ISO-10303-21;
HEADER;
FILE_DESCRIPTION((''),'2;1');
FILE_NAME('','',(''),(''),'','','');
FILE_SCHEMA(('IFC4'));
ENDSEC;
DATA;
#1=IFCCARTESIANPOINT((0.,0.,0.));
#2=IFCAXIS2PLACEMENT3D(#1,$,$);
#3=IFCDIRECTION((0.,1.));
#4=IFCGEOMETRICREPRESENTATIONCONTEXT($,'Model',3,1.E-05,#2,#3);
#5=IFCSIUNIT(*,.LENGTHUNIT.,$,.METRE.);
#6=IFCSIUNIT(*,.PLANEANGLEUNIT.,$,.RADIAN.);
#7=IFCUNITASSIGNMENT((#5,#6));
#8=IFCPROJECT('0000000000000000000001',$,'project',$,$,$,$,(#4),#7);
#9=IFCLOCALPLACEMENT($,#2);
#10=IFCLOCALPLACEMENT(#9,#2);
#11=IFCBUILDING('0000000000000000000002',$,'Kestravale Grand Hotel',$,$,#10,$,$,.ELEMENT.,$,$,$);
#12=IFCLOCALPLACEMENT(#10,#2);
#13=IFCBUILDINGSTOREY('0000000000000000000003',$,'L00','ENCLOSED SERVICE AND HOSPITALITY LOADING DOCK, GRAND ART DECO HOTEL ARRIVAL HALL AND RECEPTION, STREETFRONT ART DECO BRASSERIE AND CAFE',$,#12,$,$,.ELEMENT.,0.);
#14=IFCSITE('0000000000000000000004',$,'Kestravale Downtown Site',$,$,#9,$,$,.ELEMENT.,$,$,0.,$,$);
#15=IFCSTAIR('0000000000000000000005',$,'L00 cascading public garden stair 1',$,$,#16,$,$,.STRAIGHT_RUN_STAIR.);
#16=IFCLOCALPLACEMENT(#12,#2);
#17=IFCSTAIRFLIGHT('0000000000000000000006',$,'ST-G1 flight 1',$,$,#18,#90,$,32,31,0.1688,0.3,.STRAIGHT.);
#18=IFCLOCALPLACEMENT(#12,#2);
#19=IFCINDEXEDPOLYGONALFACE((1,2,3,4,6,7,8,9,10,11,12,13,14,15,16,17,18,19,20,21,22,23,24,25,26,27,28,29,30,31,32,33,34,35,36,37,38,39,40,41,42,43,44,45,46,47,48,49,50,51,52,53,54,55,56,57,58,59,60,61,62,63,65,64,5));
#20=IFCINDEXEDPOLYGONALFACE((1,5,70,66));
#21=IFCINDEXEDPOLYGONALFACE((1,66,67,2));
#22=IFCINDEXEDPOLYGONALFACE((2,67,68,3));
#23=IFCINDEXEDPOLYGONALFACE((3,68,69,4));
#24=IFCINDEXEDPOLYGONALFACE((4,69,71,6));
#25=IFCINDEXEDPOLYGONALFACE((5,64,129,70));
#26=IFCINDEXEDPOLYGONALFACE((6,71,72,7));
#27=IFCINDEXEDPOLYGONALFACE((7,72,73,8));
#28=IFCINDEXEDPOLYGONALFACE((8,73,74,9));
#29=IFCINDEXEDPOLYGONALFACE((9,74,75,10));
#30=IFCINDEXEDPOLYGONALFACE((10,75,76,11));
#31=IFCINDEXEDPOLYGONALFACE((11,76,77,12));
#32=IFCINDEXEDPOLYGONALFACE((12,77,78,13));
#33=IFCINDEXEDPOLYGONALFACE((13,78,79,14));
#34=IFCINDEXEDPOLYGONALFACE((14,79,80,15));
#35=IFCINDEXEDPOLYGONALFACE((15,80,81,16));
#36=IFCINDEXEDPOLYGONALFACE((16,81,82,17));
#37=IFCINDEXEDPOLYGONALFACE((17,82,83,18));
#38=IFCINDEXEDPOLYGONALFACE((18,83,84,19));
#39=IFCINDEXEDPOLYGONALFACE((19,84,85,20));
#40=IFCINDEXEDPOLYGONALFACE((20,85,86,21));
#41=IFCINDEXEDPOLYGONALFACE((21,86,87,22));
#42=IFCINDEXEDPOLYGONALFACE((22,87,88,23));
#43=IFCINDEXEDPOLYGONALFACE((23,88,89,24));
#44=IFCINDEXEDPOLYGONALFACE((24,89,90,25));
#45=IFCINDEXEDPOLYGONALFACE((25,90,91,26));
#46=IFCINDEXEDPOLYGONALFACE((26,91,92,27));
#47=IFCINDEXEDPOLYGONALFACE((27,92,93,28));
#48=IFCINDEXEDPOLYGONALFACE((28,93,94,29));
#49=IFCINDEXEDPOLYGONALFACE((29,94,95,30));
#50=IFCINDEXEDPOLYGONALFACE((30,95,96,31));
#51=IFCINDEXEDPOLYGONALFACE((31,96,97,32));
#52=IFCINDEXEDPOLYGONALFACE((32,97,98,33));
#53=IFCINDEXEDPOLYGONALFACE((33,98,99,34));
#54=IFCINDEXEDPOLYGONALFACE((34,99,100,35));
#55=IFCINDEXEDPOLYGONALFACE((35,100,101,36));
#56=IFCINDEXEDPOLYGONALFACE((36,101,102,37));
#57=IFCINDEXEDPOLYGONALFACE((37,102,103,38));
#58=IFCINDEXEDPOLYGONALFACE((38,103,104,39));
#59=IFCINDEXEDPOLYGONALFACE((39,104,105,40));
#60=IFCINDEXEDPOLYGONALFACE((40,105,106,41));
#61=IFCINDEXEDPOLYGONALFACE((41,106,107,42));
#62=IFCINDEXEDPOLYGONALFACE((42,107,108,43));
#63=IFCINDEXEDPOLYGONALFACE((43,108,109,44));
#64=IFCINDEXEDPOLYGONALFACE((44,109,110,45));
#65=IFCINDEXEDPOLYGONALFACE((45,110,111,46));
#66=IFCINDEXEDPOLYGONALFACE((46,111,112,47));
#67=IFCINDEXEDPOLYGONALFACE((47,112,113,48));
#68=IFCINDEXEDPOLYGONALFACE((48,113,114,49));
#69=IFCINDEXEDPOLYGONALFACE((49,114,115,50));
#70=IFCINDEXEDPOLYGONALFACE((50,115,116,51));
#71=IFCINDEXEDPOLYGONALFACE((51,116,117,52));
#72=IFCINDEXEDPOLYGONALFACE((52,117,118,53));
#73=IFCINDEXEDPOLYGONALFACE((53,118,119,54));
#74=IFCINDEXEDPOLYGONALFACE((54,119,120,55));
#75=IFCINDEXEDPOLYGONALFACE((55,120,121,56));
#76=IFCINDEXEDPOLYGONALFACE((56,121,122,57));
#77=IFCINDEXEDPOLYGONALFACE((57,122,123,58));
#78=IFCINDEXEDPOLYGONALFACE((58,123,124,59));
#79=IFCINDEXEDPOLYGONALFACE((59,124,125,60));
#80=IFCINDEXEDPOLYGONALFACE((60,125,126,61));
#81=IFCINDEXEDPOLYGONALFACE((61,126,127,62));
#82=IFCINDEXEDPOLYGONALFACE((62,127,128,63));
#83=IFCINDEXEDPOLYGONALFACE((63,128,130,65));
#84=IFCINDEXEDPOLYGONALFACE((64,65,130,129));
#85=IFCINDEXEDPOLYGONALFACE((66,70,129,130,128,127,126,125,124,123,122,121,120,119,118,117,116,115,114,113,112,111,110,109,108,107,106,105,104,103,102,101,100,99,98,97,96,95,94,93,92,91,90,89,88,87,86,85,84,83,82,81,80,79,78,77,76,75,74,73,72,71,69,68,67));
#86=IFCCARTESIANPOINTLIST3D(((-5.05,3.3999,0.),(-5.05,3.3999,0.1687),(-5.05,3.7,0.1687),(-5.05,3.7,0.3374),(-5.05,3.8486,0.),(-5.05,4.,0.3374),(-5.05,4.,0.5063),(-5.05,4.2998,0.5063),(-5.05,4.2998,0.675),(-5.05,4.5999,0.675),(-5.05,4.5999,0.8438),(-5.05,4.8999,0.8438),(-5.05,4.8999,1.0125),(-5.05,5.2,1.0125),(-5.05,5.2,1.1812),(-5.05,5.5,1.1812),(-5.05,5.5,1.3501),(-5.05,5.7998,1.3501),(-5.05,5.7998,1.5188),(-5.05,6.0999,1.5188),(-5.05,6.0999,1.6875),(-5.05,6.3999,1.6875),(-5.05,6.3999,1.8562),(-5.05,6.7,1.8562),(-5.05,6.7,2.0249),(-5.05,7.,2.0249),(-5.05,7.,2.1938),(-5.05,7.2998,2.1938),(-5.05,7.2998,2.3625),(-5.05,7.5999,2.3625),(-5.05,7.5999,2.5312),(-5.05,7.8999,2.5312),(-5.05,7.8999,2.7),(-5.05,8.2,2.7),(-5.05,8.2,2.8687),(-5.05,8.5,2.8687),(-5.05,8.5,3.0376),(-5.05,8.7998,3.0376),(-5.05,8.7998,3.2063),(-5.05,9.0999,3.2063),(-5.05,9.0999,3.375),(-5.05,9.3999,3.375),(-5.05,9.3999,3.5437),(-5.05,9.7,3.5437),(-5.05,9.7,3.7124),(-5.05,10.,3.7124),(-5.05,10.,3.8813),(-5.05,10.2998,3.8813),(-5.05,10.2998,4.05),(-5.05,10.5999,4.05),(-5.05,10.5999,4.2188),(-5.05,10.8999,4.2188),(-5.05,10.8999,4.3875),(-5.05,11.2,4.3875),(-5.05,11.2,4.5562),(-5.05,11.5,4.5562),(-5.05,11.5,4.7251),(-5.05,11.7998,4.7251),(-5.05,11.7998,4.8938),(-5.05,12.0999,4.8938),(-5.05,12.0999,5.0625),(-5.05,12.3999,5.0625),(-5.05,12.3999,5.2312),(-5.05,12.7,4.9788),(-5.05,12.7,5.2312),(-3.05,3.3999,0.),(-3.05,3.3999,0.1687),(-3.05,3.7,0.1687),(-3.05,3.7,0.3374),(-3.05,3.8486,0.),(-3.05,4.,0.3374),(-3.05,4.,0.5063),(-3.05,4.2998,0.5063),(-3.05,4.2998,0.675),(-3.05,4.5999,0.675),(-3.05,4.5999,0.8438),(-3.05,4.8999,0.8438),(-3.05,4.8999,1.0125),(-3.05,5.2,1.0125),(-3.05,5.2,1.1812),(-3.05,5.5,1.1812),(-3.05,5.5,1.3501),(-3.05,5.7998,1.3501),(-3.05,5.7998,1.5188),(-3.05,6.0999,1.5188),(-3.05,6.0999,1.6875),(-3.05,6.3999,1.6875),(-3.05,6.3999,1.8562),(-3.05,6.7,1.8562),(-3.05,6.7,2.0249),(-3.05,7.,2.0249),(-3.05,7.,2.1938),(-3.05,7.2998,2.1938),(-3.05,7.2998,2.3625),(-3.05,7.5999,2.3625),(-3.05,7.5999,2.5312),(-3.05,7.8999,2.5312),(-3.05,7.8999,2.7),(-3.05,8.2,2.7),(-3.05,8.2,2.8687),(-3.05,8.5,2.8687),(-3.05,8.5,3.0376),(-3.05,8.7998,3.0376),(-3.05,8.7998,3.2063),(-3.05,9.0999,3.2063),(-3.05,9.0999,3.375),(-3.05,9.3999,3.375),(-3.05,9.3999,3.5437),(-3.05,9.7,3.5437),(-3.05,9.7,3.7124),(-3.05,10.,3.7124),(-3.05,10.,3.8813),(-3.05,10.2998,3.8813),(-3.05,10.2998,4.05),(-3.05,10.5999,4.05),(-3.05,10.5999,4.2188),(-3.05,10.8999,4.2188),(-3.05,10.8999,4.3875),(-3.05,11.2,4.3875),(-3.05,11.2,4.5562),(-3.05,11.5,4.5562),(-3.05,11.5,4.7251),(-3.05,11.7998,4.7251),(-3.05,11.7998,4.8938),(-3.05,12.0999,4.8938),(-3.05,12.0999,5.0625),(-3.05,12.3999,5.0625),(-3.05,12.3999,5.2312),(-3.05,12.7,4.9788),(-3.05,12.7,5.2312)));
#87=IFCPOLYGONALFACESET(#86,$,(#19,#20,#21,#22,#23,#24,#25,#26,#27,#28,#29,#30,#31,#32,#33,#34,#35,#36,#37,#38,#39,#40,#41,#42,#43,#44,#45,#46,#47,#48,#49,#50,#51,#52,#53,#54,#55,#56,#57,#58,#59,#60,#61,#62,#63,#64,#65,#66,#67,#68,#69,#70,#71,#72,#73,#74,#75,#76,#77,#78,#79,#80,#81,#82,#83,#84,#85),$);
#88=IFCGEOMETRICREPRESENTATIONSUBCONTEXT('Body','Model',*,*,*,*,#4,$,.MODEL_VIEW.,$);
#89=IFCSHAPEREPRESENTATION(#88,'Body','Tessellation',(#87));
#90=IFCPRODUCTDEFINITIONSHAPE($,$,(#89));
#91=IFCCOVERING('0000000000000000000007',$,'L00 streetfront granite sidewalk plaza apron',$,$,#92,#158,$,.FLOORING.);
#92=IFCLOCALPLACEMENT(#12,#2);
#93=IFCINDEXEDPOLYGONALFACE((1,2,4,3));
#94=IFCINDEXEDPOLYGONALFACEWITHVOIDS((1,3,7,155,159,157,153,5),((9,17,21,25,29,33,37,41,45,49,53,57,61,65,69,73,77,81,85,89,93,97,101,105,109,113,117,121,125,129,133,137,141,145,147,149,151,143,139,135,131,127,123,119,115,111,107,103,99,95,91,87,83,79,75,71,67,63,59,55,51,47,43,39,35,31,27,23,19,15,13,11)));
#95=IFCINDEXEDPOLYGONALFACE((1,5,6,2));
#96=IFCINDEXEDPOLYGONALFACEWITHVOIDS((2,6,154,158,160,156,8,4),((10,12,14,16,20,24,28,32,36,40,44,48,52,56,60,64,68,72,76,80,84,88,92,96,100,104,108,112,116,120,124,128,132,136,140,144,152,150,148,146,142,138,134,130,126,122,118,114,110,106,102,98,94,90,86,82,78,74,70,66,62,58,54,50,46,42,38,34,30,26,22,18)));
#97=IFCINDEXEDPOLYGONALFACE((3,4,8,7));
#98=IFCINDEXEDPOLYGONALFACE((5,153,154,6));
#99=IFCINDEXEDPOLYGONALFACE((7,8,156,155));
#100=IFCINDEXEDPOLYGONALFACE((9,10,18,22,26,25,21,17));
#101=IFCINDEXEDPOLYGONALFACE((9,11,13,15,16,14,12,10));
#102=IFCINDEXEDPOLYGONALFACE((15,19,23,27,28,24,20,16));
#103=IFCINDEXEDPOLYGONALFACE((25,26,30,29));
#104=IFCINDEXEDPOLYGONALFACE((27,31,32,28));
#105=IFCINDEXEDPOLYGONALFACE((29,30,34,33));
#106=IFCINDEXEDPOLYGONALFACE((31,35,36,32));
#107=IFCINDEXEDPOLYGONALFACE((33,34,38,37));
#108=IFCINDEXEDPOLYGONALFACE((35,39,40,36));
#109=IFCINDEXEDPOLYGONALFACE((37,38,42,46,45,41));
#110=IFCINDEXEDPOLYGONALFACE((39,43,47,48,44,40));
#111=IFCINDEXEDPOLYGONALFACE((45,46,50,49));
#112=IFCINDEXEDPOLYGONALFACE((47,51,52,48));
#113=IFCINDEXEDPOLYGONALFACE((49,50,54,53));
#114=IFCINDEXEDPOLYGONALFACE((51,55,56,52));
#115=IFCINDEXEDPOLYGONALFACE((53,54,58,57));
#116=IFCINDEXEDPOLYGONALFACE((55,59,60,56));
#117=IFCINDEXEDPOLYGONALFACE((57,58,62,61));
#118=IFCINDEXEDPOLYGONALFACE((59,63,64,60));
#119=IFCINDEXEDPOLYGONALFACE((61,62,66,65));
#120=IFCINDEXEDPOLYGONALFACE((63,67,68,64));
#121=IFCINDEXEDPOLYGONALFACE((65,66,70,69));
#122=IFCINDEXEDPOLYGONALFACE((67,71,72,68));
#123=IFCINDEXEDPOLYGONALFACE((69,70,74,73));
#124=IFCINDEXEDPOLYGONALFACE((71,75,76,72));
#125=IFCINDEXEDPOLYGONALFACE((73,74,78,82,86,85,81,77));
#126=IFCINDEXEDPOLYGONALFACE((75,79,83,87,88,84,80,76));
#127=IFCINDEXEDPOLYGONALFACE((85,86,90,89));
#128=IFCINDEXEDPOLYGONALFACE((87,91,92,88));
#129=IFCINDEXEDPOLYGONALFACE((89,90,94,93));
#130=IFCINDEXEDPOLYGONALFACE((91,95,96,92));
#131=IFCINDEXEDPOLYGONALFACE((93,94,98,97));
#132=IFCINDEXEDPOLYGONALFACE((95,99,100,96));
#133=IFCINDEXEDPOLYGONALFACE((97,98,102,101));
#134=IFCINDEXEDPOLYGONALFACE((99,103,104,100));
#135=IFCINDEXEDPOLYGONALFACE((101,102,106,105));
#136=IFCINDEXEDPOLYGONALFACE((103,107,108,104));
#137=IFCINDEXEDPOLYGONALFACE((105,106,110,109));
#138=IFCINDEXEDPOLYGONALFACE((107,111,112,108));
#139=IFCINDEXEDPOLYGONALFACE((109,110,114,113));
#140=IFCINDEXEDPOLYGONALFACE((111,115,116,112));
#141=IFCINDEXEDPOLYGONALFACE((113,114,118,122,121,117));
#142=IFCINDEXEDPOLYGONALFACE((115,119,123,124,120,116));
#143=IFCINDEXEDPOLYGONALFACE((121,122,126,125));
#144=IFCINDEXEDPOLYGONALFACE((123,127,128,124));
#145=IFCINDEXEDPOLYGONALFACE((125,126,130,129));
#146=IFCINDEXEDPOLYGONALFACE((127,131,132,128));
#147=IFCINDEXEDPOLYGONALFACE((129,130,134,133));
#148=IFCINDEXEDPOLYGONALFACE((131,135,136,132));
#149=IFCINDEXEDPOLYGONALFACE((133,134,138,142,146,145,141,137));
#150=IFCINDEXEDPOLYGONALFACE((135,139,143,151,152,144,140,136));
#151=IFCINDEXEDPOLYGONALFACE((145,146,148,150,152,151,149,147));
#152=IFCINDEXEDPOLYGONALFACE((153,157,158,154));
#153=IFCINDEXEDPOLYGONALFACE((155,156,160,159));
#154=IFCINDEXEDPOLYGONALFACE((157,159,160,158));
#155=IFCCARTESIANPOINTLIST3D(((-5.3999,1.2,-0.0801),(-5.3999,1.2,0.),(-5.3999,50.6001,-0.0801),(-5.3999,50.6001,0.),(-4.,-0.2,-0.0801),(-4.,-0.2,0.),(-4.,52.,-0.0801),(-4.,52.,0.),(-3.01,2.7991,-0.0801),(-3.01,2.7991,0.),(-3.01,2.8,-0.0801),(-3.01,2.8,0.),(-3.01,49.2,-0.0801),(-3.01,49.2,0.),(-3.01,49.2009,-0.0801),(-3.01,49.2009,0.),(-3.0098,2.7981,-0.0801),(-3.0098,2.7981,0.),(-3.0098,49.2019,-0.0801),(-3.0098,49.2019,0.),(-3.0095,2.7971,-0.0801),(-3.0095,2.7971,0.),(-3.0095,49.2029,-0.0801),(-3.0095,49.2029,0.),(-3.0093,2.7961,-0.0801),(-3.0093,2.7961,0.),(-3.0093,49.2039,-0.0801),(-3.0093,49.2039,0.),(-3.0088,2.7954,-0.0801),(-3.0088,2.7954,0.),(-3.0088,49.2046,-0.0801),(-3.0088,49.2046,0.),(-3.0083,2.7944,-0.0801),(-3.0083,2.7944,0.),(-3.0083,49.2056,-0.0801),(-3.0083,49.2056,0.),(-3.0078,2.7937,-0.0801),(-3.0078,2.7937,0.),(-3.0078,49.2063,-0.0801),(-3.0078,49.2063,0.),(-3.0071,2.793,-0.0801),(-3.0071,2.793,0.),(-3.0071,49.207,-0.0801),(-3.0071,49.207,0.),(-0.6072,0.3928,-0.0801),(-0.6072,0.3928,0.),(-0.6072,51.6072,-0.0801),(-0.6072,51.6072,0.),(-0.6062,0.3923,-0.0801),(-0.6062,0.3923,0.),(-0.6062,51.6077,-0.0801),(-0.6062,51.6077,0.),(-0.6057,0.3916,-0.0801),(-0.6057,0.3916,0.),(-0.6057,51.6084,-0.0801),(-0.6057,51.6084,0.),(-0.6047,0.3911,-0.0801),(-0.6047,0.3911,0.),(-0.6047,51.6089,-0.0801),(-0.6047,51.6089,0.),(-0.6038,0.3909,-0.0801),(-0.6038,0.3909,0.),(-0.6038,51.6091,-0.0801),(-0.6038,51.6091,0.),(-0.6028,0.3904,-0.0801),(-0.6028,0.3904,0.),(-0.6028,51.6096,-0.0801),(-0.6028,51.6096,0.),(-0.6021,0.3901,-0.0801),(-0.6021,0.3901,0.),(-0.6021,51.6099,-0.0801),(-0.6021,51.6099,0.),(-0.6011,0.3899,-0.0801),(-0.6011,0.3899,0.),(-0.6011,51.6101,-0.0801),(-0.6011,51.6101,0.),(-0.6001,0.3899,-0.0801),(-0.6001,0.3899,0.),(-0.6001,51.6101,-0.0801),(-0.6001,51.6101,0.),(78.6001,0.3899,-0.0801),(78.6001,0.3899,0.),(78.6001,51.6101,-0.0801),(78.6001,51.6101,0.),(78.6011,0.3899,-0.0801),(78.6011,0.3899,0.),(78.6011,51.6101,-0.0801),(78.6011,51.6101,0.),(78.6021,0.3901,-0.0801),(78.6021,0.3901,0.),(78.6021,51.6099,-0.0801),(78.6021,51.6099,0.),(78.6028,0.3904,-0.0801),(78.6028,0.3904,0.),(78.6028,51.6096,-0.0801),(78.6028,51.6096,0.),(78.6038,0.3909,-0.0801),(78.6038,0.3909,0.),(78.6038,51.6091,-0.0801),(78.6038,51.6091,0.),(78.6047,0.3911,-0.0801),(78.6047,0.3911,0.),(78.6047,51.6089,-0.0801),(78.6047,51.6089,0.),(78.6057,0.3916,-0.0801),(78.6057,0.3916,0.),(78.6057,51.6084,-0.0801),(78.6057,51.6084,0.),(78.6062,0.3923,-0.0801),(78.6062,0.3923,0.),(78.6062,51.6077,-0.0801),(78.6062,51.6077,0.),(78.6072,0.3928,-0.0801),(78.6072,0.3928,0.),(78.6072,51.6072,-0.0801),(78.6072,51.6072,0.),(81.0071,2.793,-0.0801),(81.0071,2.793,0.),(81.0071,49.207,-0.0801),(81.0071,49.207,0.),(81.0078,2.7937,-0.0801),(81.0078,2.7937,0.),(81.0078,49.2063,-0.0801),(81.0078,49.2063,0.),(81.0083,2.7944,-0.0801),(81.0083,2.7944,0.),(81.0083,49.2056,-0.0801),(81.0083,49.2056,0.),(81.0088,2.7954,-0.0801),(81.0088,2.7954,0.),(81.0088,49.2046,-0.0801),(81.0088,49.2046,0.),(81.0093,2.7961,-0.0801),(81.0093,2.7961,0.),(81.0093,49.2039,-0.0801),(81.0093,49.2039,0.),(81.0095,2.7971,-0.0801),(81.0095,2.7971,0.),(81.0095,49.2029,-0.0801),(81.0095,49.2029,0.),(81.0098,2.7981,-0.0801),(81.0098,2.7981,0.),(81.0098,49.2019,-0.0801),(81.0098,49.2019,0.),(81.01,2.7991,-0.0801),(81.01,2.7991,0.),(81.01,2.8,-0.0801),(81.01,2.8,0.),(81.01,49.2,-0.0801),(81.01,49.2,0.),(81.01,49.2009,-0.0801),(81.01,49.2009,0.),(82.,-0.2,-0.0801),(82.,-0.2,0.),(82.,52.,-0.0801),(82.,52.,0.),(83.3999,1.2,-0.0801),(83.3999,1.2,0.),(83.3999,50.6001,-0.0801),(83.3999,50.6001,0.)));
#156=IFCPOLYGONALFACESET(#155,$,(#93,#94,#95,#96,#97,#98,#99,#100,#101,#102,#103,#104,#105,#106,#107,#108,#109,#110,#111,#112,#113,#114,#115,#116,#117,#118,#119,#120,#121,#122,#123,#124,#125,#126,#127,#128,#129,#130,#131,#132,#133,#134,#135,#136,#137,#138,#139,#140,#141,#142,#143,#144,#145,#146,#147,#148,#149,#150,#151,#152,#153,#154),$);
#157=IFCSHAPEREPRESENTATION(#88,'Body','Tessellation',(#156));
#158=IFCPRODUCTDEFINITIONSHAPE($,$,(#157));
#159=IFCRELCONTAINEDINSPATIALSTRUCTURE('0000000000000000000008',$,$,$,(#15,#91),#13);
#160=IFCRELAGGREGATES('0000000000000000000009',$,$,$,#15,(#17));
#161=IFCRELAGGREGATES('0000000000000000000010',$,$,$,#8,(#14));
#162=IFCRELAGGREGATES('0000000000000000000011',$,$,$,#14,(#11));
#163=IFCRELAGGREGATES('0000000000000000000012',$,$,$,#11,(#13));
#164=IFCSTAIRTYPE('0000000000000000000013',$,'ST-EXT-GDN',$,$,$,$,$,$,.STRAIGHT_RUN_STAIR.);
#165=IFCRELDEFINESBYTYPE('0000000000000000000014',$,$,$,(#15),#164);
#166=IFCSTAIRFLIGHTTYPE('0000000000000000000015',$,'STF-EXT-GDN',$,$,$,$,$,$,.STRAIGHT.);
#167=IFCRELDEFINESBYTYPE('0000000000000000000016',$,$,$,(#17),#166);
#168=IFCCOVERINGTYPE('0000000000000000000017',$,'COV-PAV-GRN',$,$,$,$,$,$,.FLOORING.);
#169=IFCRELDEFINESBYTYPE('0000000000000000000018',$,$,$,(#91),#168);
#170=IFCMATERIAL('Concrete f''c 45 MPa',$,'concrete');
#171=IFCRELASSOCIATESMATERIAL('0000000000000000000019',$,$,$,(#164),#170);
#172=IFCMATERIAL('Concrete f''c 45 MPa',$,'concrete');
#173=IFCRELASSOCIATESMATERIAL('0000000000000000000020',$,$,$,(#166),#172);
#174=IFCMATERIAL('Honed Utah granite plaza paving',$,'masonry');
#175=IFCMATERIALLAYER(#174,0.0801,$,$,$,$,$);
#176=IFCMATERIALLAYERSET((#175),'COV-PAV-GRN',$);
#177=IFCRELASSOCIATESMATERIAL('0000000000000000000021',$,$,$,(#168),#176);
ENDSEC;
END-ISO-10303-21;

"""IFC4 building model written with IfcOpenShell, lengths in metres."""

from ifc_helpers import new_model, si_unit, direction, frame, origin, place, context, subcontext, project, spatial, polyline, outline, extrude, material, layer, layer_set, type_object, element, aggregate, save


model = new_model("IFC4")

# Units and contexts
model_context = context("Model", 3, precision=1e-05, world=origin(), true_north=direction((0.0, 1.0)))
body_context = subcontext(model_context, "Body", "Model", "MODEL_VIEW")
ifc_project = project(units=[si_unit("LENGTHUNIT", "METRE"), si_unit("PLANEANGLEUNIT", "RADIAN")], contexts=[model_context])

# Site, building, storey
site_placement = place(None, origin())
site = spatial("IfcSite", under=ifc_project, at=site_placement, Name="Kestravale Downtown Site", CompositionType="ELEMENT", RefElevation=0.0)
building_placement = place(site_placement, origin())
building = spatial("IfcBuilding", under=site, at=building_placement, Name="Kestravale Grand Hotel", CompositionType="ELEMENT")
storey_placement = place(building_placement, origin())
storey = spatial("IfcBuildingStorey", under=building, at=storey_placement, Name="L00", Description="ENCLOSED SERVICE AND HOSPITALITY LOADING DOCK, GRAND ART DECO HOTEL ARRIVAL HALL AND RECEPTION, STREETFRONT ART DECO BRASSERIE AND CAFE", CompositionType="ELEMENT", Elevation=0.0)

# Stair
ifc_material_1 = material(Name="Concrete f'c 45 MPa", Category="concrete")
stair_type_1 = type_object("IfcStairType", Name="ST-EXT-GDN", PredefinedType="STRAIGHT_RUN_STAIR", material=ifc_material_1)
stair_1_placement = place(storey_placement, origin())
stair_1 = element("IfcStair", 1, at=stair_1_placement, inside=storey, type_object=stair_type_1, Name="L00 cascading public garden stair 1", PredefinedType="STRAIGHT_RUN_STAIR")

# Stair flight
ifc_material_2 = material(Name="Concrete f'c 45 MPa", Category="concrete")
stair_flight_type = type_object("IfcStairFlightType", Name="STF-EXT-GDN", PredefinedType="STRAIGHT", material=ifc_material_2)
stair_flight_placement = place(storey_placement, frame((-4.05, 3.3999, 0.0), z_axis=(0.0, 0.0, 1.0), x_axis=(0.0, 1.0, 0.0)))
stair_flight = element("IfcStairFlight", 2, at=stair_flight_placement, type_object=stair_flight_type, Name="ST-G1 flight 1", NumberOfRisers=32, NumberOfTreads=31, PredefinedType="STRAIGHT", RiserHeight=0.1688, TreadLength=0.3, context=body_context, shape_type="SweptSolid", body=[
    extrude(outline(polyline([(0.0, 0.0), (0.0, 0.1687), (0.3, 0.1687), (0.3, 0.3374), (0.6001, 0.3374), (0.6001, 0.5063), (0.8999, 0.5063), (0.8999, 0.675), (1.2, 0.675), (1.2, 0.8438), (1.5, 0.8438), (1.5, 1.0125), (1.8, 1.0125), (1.8, 1.1812), (2.1001, 1.1812), (2.1001, 1.3501), (2.3999, 1.3501), (2.3999, 1.5188), (2.7, 1.5188), (2.7, 1.6875), (3.0, 1.6875), (3.0, 1.8562), (3.3, 1.8562), (3.3, 2.0249), (3.6001, 2.0249), (3.6001, 2.1938), (3.8999, 2.1938), (3.8999, 2.3625), (4.2, 2.3625), (4.2, 2.5312), (4.5, 2.5312), (4.5, 2.7), (4.8, 2.7), (4.8, 2.8687), (5.1001, 2.8687), (5.1001, 3.0376), (5.3999, 3.0376), (5.3999, 3.2063), (5.7, 3.2063), (5.7, 3.375), (6.0, 3.375), (6.0, 3.5437), (6.3, 3.5437), (6.3, 3.7124), (6.6001, 3.7124), (6.6001, 3.8813), (6.8999, 3.8813), (6.8999, 4.05), (7.2, 4.05), (7.2, 4.2188), (7.5, 4.2188), (7.5, 4.3875), (7.8, 4.3875), (7.8, 4.5562), (8.1001, 4.5562), (8.1001, 4.7251), (8.3999, 4.7251), (8.3999, 4.8938), (8.7, 4.8938), (8.7, 5.0625), (9.0, 5.0625), (9.0, 5.2312), (9.3, 5.2312), (9.3, 5.3999), (9.3, 4.9788), (0.4487, 0.0), (0.0, 0.0)])), frame((0.0, 1.0, 0.0), z_axis=(0.0, -1.0, 0.0), x_axis=(1.0, 0.0, 0.0)), (0.0, 0.0, 1.0), 2.0),
])
aggregate(stair_1, [stair_flight])

# Covering
ifc_material_3 = material(Name="Honed Utah granite plaza paving", Category="masonry")
ifc_layer_1 = layer(ifc_material_3, 0.0801)
ifc_layer_set_1 = layer_set([ifc_layer_1], Name="COV-PAV-GRN")
covering_type = type_object("IfcCoveringType", Name="COV-PAV-GRN", PredefinedType="FLOORING", material=ifc_layer_set_1)
covering_placement = place(storey_placement, frame((0.0, 0.0, -0.0801)))
element("IfcCovering", 3, at=covering_placement, inside=storey, type_object=covering_type, Name="L00 streetfront granite sidewalk plaza apron", PredefinedType="FLOORING", context=body_context, shape_type="SweptSolid", body=[
    extrude(outline(polyline([(-5.3999, 1.2), (-5.3999, 50.6001), (-4.0, 52.0), (82.0, 52.0), (83.3999, 50.6001), (83.3999, 1.2), (82.0, -0.2), (-4.0, -0.2), (-5.3999, 1.2)]), holes=[polyline([(-0.6062, 0.3923), (-0.6057, 0.3916), (-0.6047, 0.3911), (-0.6038, 0.3909), (-0.6028, 0.3904), (-0.6021, 0.3901), (-0.6011, 0.3899), (-0.6001, 0.3899), (78.6001, 0.3899), (78.6011, 0.3899), (78.6021, 0.3901), (78.6028, 0.3904), (78.6038, 0.3909), (78.6047, 0.3911), (78.6057, 0.3916), (78.6062, 0.3923), (78.6072, 0.3928), (81.0071, 2.793), (81.0078, 2.7937), (81.0083, 2.7944), (81.0088, 2.7954), (81.0093, 2.7961), (81.0095, 2.7971), (81.0098, 2.7981), (81.01, 2.7991), (81.01, 2.8), (81.01, 49.2), (81.01, 49.2009), (81.0098, 49.2019), (81.0095, 49.2029), (81.0093, 49.2039), (81.0088, 49.2046), (81.0083, 49.2056), (81.0078, 49.2063), (81.0071, 49.207), (78.6072, 51.6072), (78.6062, 51.6077), (78.6057, 51.6084), (78.6047, 51.6089), (78.6038, 51.6091), (78.6028, 51.6096), (78.6021, 51.6099), (78.6011, 51.6101), (78.6001, 51.6101), (-0.6001, 51.6101), (-0.6011, 51.6101), (-0.6021, 51.6099), (-0.6028, 51.6096), (-0.6038, 51.6091), (-0.6047, 51.6089), (-0.6057, 51.6084), (-0.6062, 51.6077), (-0.6072, 51.6072), (-3.0071, 49.207), (-3.0078, 49.2063), (-3.0083, 49.2056), (-3.0088, 49.2046), (-3.0093, 49.2039), (-3.0095, 49.2029), (-3.0098, 49.2019), (-3.01, 49.2009), (-3.01, 49.2), (-3.01, 2.8), (-3.01, 2.7991), (-3.0098, 2.7981), (-3.0095, 2.7971), (-3.0093, 2.7961), (-3.0088, 2.7954), (-3.0083, 2.7944), (-3.0078, 2.7937), (-3.0071, 2.793), (-0.6072, 0.3928), (-0.6062, 0.3923)])]), origin(), (0.0, 0.0, 1.0), 0.0801),
])

save(model, "model.ifc")
